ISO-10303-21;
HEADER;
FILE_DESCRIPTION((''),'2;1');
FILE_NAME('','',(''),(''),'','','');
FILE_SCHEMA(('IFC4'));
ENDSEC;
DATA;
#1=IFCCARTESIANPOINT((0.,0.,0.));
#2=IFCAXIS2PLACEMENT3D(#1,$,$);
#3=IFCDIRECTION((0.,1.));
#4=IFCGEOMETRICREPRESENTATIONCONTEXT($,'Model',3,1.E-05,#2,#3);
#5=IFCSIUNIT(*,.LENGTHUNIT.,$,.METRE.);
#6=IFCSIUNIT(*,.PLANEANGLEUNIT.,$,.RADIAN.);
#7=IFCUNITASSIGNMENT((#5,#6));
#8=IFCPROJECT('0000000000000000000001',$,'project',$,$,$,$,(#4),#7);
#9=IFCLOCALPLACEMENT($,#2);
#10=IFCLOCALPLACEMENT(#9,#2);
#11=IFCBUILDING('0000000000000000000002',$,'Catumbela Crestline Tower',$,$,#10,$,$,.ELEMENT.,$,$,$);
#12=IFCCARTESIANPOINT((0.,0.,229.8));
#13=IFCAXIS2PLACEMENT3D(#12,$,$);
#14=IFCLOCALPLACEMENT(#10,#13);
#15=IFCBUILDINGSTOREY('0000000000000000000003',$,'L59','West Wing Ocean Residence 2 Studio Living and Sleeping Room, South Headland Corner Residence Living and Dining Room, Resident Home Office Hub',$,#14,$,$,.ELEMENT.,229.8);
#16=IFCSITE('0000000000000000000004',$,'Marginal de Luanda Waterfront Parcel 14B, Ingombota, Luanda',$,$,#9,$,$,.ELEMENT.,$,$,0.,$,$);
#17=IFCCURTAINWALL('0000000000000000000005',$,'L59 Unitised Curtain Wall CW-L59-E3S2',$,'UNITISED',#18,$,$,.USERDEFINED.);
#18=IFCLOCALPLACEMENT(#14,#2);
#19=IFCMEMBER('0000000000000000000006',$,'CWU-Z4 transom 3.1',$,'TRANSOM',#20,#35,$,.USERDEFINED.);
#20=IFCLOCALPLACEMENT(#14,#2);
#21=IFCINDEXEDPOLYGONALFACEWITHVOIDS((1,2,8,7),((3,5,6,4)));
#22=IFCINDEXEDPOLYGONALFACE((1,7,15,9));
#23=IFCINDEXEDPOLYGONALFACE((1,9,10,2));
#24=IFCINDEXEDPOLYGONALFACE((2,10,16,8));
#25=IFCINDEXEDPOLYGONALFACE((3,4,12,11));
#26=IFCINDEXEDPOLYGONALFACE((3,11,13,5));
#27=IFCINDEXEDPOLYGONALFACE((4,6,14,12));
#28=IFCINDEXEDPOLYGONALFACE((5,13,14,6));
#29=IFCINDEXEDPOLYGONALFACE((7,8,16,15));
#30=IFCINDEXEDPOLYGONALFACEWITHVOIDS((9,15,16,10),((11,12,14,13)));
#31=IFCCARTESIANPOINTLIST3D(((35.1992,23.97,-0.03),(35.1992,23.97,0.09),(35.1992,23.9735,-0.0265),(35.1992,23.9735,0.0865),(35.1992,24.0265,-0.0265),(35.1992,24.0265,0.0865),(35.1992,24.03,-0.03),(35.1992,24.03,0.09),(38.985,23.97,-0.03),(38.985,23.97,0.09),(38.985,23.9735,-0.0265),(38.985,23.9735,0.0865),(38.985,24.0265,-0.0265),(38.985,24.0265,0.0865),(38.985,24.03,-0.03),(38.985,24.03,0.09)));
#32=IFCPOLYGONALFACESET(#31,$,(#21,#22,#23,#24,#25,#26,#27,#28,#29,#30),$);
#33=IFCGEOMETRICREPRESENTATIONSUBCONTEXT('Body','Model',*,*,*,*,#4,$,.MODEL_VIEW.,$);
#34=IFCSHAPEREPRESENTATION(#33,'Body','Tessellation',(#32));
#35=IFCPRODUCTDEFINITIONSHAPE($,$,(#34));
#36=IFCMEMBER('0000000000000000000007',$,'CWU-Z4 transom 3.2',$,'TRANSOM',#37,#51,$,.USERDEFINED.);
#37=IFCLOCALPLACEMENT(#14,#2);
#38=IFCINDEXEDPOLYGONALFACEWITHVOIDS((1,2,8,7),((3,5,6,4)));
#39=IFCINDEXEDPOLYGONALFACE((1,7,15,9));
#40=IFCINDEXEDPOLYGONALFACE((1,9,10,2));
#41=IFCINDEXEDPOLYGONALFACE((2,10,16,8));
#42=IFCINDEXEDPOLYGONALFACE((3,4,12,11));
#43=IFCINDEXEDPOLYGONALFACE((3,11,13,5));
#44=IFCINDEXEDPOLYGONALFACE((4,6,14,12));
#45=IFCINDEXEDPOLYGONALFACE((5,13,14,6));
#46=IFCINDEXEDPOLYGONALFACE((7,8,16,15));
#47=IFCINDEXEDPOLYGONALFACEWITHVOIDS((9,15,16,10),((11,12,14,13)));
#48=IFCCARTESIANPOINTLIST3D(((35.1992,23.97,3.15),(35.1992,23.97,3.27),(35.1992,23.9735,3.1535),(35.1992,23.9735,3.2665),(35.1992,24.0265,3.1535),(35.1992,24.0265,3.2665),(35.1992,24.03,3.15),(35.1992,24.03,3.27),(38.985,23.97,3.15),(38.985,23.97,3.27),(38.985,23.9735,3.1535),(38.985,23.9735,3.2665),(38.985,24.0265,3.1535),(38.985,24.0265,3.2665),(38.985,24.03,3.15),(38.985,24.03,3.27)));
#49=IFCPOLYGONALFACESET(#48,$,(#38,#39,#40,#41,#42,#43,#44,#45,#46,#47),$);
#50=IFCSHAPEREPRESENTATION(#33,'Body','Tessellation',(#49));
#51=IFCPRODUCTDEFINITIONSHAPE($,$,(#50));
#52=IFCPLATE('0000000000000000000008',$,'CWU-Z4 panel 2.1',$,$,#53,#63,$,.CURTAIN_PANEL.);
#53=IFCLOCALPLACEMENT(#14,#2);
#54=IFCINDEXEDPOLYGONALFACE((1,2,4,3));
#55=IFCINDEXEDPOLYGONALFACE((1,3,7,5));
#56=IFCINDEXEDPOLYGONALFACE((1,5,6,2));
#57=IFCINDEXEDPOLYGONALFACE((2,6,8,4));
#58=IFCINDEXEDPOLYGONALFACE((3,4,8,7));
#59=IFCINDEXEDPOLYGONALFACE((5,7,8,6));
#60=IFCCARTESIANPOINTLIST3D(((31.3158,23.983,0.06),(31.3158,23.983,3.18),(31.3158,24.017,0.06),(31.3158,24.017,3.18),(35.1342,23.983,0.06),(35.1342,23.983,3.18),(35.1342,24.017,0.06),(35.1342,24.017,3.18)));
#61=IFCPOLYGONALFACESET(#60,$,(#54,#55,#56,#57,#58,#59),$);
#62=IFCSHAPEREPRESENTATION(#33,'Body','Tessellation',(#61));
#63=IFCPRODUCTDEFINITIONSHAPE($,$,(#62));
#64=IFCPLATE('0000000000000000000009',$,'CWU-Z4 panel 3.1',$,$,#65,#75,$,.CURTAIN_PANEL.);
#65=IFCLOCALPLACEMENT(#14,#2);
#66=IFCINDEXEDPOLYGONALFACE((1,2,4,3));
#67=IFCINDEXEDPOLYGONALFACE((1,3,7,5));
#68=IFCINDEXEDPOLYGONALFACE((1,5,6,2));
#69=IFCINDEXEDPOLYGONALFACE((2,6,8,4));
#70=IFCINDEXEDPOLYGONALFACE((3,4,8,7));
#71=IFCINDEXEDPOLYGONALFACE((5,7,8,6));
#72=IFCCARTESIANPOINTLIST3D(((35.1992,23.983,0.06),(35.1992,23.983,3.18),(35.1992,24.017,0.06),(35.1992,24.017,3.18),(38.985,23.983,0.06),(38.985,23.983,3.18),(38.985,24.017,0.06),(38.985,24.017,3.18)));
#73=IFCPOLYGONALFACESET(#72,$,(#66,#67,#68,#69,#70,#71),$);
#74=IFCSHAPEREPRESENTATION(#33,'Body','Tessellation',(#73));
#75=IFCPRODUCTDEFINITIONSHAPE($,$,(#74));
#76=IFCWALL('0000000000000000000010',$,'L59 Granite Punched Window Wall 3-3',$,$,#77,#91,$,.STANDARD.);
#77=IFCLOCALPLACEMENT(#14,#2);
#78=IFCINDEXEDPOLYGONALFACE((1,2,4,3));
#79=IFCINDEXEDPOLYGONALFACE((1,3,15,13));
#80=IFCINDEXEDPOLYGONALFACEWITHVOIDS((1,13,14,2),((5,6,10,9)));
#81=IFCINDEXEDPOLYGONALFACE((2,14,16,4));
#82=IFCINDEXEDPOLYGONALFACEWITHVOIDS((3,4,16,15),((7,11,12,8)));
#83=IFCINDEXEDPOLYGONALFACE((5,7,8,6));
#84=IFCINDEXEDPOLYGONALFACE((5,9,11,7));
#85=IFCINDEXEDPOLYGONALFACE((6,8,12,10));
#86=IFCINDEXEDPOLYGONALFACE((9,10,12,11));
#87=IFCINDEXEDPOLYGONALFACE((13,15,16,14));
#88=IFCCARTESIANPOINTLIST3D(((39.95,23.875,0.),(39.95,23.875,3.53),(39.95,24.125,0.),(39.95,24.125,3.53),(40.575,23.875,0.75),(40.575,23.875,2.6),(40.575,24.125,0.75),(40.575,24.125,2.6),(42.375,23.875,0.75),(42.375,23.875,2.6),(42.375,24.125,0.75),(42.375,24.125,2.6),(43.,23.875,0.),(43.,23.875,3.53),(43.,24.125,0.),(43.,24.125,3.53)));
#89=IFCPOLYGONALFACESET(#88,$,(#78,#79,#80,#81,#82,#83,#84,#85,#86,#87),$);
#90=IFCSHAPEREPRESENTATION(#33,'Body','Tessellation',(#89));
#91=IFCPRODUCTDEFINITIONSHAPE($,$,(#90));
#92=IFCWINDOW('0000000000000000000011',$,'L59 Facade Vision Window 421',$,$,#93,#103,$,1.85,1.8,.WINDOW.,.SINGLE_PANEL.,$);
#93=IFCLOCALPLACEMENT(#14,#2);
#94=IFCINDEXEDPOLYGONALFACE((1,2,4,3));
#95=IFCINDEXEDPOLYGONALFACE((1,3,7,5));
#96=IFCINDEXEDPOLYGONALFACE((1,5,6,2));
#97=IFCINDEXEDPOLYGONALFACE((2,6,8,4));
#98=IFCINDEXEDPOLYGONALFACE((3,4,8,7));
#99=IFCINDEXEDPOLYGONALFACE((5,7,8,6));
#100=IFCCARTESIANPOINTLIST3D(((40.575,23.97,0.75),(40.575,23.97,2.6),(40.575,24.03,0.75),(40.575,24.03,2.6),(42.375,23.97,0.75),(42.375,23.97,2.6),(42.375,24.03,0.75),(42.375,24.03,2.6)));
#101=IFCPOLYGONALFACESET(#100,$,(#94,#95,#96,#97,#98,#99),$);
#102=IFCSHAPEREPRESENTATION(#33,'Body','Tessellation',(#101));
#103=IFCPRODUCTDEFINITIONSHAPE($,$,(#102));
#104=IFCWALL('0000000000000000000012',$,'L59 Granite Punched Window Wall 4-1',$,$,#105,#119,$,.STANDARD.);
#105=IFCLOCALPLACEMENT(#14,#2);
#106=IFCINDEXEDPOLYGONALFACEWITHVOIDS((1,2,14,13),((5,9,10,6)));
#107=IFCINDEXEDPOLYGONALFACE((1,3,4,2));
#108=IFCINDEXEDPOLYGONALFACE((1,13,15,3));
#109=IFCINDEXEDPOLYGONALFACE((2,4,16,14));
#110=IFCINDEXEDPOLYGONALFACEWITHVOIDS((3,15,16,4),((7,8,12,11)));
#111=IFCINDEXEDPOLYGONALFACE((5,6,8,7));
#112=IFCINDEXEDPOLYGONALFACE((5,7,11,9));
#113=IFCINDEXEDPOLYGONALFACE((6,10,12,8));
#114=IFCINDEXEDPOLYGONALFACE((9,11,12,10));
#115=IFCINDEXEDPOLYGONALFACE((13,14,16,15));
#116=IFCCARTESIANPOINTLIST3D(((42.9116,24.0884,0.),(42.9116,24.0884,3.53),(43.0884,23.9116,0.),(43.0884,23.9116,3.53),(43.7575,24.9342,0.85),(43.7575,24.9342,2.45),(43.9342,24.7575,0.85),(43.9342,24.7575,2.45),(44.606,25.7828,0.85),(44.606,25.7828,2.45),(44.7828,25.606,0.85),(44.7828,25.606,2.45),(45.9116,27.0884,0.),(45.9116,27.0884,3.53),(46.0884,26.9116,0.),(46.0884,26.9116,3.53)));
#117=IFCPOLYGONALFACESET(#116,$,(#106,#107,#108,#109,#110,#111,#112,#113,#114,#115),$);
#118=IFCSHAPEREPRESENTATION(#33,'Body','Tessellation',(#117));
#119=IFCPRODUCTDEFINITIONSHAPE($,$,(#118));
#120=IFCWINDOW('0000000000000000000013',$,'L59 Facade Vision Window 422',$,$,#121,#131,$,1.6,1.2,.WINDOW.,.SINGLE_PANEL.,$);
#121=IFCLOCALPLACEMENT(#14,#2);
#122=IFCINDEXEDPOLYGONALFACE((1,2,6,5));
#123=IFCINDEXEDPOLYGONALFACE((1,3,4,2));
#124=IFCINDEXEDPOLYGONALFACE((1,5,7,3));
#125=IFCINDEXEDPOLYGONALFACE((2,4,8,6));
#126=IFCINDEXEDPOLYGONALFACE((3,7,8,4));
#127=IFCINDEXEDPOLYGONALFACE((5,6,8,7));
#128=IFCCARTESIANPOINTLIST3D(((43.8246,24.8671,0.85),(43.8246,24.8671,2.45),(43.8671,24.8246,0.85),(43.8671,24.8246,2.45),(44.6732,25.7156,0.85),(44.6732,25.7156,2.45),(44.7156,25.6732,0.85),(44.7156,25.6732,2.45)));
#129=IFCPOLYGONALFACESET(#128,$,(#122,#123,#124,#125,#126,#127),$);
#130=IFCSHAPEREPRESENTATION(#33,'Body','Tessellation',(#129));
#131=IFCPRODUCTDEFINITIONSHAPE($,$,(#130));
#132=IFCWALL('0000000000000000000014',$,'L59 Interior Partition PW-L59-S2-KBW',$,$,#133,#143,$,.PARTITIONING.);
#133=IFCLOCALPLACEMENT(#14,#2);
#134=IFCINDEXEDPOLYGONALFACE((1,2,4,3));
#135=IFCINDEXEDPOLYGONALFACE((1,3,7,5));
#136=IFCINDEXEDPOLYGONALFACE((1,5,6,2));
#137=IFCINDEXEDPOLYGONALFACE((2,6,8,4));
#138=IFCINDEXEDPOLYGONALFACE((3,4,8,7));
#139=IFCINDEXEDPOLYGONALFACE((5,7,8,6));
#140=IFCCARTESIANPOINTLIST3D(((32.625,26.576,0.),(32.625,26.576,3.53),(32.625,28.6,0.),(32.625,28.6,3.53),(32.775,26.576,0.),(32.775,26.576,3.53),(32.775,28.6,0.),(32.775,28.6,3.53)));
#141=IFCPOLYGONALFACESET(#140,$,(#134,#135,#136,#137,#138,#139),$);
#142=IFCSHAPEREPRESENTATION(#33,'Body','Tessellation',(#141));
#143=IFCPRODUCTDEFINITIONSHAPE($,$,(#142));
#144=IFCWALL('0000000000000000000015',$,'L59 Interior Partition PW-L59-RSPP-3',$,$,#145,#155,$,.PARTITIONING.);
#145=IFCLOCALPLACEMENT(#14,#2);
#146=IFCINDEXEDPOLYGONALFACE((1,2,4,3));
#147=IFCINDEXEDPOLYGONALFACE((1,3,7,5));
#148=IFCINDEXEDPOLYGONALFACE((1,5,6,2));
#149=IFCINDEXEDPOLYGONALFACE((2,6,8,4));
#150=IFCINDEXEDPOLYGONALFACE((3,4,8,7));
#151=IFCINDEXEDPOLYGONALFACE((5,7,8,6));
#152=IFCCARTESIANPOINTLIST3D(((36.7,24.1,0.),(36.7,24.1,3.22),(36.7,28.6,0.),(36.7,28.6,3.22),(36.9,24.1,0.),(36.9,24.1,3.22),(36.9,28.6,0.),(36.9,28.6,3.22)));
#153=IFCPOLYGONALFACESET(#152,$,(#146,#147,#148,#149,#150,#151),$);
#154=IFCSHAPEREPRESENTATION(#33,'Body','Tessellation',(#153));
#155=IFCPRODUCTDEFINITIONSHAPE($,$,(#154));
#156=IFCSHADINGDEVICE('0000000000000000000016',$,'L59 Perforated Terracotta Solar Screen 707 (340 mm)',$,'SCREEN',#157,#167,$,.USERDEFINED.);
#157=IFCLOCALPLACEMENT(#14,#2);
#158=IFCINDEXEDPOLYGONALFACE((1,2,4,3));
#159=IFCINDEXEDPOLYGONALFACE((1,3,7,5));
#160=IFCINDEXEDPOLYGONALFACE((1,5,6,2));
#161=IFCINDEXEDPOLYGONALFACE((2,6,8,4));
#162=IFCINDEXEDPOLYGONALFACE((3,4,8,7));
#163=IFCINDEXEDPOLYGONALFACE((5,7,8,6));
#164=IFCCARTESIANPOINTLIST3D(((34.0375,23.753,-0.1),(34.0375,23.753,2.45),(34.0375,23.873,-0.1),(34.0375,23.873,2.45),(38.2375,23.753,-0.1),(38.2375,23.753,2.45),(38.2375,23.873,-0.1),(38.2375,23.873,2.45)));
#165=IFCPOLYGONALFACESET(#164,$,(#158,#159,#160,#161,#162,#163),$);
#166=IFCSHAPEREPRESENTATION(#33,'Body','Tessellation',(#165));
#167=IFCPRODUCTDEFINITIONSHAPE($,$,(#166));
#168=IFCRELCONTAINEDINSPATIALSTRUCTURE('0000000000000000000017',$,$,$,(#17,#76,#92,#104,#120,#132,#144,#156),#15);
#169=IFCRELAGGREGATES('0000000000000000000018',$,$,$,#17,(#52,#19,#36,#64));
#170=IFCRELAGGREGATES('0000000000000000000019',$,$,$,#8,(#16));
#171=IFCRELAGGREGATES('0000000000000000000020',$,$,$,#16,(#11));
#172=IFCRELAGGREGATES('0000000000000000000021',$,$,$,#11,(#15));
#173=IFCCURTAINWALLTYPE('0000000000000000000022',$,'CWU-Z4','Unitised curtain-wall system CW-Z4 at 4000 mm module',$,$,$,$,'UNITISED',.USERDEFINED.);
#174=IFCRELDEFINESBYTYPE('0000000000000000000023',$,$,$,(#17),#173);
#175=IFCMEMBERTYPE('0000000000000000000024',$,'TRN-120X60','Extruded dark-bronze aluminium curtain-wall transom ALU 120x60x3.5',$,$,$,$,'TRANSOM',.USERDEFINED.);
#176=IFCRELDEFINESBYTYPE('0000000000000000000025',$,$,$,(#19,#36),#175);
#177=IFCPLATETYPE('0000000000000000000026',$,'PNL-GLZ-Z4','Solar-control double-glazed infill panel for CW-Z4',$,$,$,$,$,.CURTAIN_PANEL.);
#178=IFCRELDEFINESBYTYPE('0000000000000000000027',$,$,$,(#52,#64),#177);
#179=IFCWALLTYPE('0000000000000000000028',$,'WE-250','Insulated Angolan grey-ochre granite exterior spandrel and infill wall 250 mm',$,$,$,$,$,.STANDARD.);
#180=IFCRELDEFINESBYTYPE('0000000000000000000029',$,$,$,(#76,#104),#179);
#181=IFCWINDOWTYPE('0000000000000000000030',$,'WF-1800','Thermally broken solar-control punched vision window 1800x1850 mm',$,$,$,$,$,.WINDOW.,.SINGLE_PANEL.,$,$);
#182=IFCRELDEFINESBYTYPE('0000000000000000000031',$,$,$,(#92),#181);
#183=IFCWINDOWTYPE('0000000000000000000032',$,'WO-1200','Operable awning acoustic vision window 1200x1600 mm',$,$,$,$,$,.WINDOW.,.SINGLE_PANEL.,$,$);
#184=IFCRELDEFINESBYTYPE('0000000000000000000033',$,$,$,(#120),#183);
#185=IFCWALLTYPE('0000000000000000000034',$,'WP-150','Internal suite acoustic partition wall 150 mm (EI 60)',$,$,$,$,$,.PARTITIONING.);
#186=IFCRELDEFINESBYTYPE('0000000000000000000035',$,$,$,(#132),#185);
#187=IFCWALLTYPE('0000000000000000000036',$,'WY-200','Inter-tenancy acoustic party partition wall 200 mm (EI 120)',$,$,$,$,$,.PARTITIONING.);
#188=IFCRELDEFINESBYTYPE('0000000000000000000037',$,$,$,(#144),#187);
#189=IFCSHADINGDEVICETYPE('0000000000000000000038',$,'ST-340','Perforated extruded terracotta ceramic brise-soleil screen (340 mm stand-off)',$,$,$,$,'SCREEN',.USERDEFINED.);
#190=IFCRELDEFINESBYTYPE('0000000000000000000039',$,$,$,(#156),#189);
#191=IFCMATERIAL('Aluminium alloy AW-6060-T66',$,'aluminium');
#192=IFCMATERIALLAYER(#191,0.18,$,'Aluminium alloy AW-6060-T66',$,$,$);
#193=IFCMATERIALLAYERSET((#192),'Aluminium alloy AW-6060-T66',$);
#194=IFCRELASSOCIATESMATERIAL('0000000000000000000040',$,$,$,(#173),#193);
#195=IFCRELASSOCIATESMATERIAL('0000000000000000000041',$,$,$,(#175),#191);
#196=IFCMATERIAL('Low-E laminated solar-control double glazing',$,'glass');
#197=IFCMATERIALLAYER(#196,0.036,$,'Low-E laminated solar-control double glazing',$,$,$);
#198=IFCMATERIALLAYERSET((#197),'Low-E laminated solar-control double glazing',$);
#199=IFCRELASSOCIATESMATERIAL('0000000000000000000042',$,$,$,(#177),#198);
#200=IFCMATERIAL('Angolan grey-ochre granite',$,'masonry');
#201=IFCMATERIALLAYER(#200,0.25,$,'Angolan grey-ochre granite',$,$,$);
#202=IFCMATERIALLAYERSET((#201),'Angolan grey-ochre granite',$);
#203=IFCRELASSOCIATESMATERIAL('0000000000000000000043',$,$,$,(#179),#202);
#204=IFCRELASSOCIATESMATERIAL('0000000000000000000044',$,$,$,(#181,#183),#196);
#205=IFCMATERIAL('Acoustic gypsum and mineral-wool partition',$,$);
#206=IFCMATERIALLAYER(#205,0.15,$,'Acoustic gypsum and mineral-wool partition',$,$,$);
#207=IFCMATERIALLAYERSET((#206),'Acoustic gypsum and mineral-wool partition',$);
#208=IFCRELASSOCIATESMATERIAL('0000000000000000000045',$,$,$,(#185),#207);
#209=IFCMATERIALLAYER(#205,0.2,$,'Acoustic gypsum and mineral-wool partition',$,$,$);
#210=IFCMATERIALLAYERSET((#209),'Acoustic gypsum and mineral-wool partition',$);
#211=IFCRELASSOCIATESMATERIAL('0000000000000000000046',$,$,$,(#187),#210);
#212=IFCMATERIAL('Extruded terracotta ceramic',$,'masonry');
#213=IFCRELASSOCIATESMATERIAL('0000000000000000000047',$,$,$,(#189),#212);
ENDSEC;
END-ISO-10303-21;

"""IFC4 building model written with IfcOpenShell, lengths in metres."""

from ifc_helpers import new_model, si_unit, direction, frame, frame_2d, origin, origin_2d, place, context, subcontext, project, spatial, rectangle, hollow_rectangle, extrude, material, layer, layer_set, material_profile, profile_set, type_object, element, fill, aggregate, save


model = new_model("IFC4")

# Units and contexts
model_context = context("Model", 3, precision=1e-05, world=origin(), true_north=direction((0.0, 1.0)))
body_context = subcontext(model_context, "Body", "Model", "MODEL_VIEW")
ifc_project = project(units=[si_unit("LENGTHUNIT", "METRE"), si_unit("PLANEANGLEUNIT", "RADIAN")], contexts=[model_context])

# Site, building, storey
site_placement = place(None, origin())
site = spatial("IfcSite", under=ifc_project, at=site_placement, Name="Marginal de Luanda Waterfront Parcel 14B, Ingombota, Luanda", CompositionType="ELEMENT", RefElevation=0.0)
building_placement = place(site_placement, origin())
building = spatial("IfcBuilding", under=site, at=building_placement, Name="Catumbela Crestline Tower", CompositionType="ELEMENT")
storey_placement = place(building_placement, frame((0.0, 0.0, 229.8)))
storey = spatial("IfcBuildingStorey", under=building, at=storey_placement, Name="L59", Description="West Wing Ocean Residence 2 Studio Living and Sleeping Room, South Headland Corner Residence Living and Dining Room, Resident Home Office Hub", CompositionType="ELEMENT", Elevation=229.8)

# Curtain wall
ifc_material_1 = material(Name="Aluminium alloy AW-6060-T66", Category="aluminium")
ifc_layer_1 = layer(ifc_material_1, 0.18, Name="Aluminium alloy AW-6060-T66")
ifc_layer_set_1 = layer_set([ifc_layer_1], Name="Aluminium alloy AW-6060-T66")
curtain_wall_type = type_object("IfcCurtainWallType", Name="CWU-Z4", Description="Unitised curtain-wall system CW-Z4 at 4000 mm module", ElementType="UNITISED", PredefinedType="USERDEFINED", material=ifc_layer_set_1)
curtain_wall_placement = place(storey_placement, origin())
curtain_wall = element("IfcCurtainWall", 1, at=curtain_wall_placement, inside=storey, type_object=curtain_wall_type, Name="L59 Unitised Curtain Wall CW-L59-E3S2", ObjectType="UNITISED", PredefinedType="USERDEFINED")

# Members
ifc_material_profile_1 = material_profile(ifc_material_1, hollow_rectangle(XDim=0.06, YDim=0.12, WallThickness=0.0035, at=origin_2d()), Name="ALU 120x60x3.5")
ifc_profile_set_1 = profile_set([ifc_material_profile_1], Name="Aluminium alloy AW-6060-T66")
member_type_1 = type_object("IfcMemberType", Name="TRN-120X60", Description="Extruded dark-bronze aluminium curtain-wall transom ALU 120x60x3.5", ElementType="TRANSOM", PredefinedType="USERDEFINED", material=ifc_profile_set_1)
member_1_placement = place(storey_placement, frame((35.1992, 24.0, 0.03), z_axis=(1.0, 0.0, 0.0), x_axis=(0.0, 1.0, 0.0)))
member_1 = element("IfcMember", 2, at=member_1_placement, type_object=member_type_1, Name="CWU-Z4 transom 3.1", ObjectType="TRANSOM", PredefinedType="USERDEFINED", context=body_context, shape_type="SweptSolid", body=[
    extrude(hollow_rectangle(XDim=0.06, YDim=0.12, WallThickness=0.0035, at=origin_2d()), origin(), (0.0, 0.0, 1.0), 3.7858),
])
member_2_placement = place(storey_placement, frame((35.1992, 24.0, 3.21), z_axis=(1.0, 0.0, 0.0), x_axis=(0.0, 1.0, 0.0)))
member_2 = element("IfcMember", 3, at=member_2_placement, type_object=member_type_1, Name="CWU-Z4 transom 3.2", ObjectType="TRANSOM", PredefinedType="USERDEFINED", context=body_context, shape_type="SweptSolid", body=[
    extrude(hollow_rectangle(XDim=0.06, YDim=0.12, WallThickness=0.0035, at=origin_2d()), origin(), (0.0, 0.0, 1.0), 3.7858),
])

# Plates
ifc_material_2 = material(Name="Low-E laminated solar-control double glazing", Category="glass")
ifc_layer_2 = layer(ifc_material_2, 0.036, Name="Low-E laminated solar-control double glazing")
ifc_layer_set_2 = layer_set([ifc_layer_2], Name="Low-E laminated solar-control double glazing")
plate_type = type_object("IfcPlateType", Name="PNL-GLZ-Z4", Description="Solar-control double-glazed infill panel for CW-Z4", PredefinedType="CURTAIN_PANEL", material=ifc_layer_set_2)
plate_1_placement = place(storey_placement, frame((33.225, 24.0, 0.06), z_axis=(0.0, 0.0, 1.0), x_axis=(1.0, 0.0, 0.0)))
plate_1 = element("IfcPlate", 4, at=plate_1_placement, type_object=plate_type, Name="CWU-Z4 panel 2.1", PredefinedType="CURTAIN_PANEL", context=body_context, shape_type="SweptSolid", body=[
    extrude(rectangle(XDim=3.8183, YDim=0.034, at=origin_2d()), origin(), (0.0, 0.0, 1.0), 3.12),
])
plate_2_placement = place(storey_placement, frame((37.0921, 24.0, 0.06), z_axis=(0.0, 0.0, 1.0), x_axis=(1.0, 0.0, 0.0)))
plate_2 = element("IfcPlate", 5, at=plate_2_placement, type_object=plate_type, Name="CWU-Z4 panel 3.1", PredefinedType="CURTAIN_PANEL", context=body_context, shape_type="SweptSolid", body=[
    extrude(rectangle(XDim=3.7858, YDim=0.034, at=origin_2d()), origin(), (0.0, 0.0, 1.0), 3.12),
])
aggregate(curtain_wall, [plate_1, member_1, member_2, plate_2])

# Walls, openings, windows
ifc_material_3 = material(Name="Angolan grey-ochre granite", Category="masonry")
ifc_layer_3 = layer(ifc_material_3, 0.25, Name="Angolan grey-ochre granite")
ifc_layer_set_3 = layer_set([ifc_layer_3], Name="Angolan grey-ochre granite")
wall_type_1 = type_object("IfcWallType", Name="WE-250", Description="Insulated Angolan grey-ochre granite exterior spandrel and infill wall 250 mm", PredefinedType="STANDARD", material=ifc_layer_set_3)
wall_1_placement = place(storey_placement, frame((39.95, 24.0, 0.0), z_axis=(0.0, 0.0, 1.0), x_axis=(1.0, 0.0, 0.0)))
wall_1 = element("IfcWall", 6, at=wall_1_placement, inside=storey, type_object=wall_type_1, Name="L59 Granite Punched Window Wall 3-3", PredefinedType="STANDARD", context=body_context, shape_type="SweptSolid", body=[
    extrude(rectangle(XDim=3.05, YDim=0.25, at=frame_2d((1.525, 0.0))), origin(), (0.0, 0.0, 1.0), 3.53),
])
opening_1_placement = place(wall_1_placement, frame((0.625, 0.0, 0.75)))
opening_1 = element("IfcOpeningElement", 7, at=opening_1_placement, cuts=wall_1, PredefinedType="OPENING", context=body_context, shape_type="SweptSolid", body=[
    extrude(rectangle(XDim=1.8, YDim=1.85, at=frame_2d((0.9, 0.925))), frame((0.0, 0.135, 0.0), z_axis=(0.0, -1.0, 0.0), x_axis=(1.0, 0.0, 0.0)), (0.0, 0.0, 1.0), 0.27),
])
window_type_1 = type_object("IfcWindowType", Name="WF-1800", Description="Thermally broken solar-control punched vision window 1800x1850 mm", PartitioningType="SINGLE_PANEL", PredefinedType="WINDOW", material=ifc_material_2)
window_1_placement = place(opening_1_placement, origin())
window_1 = element("IfcWindow", 8, at=window_1_placement, inside=storey, type_object=window_type_1, Name="L59 Facade Vision Window 421", OverallHeight=1.85, OverallWidth=1.8, PartitioningType="SINGLE_PANEL", PredefinedType="WINDOW", context=body_context, shape_type="SweptSolid", body=[
    extrude(rectangle(XDim=1.8, YDim=1.85, at=frame_2d((0.9, 0.925))), frame((0.0, 0.03, 0.0), z_axis=(0.0, -1.0, 0.0), x_axis=(1.0, 0.0, 0.0)), (0.0, 0.0, 1.0), 0.06),
])
fill(opening_1, window_1)
wall_2_placement = place(storey_placement, frame((43.0, 24.0, 0.0), z_axis=(0.0, 0.0, 1.0), x_axis=(0.707107, 0.707107, 0.0)))
wall_2 = element("IfcWall", 9, at=wall_2_placement, inside=storey, type_object=wall_type_1, Name="L59 Granite Punched Window Wall 4-1", PredefinedType="STANDARD", context=body_context, shape_type="SweptSolid", body=[
    extrude(rectangle(XDim=4.2426, YDim=0.25, at=frame_2d((2.1213, 0.0))), origin(), (0.0, 0.0, 1.0), 3.53),
])
opening_2_placement = place(wall_2_placement, frame((1.1962, 0.0, 0.85)))
opening_2 = element("IfcOpeningElement", 10, at=opening_2_placement, cuts=wall_2, PredefinedType="OPENING", context=body_context, shape_type="SweptSolid", body=[
    extrude(rectangle(XDim=1.2, YDim=1.6, at=frame_2d((0.6, 0.8))), frame((0.0, 0.135, 0.0), z_axis=(0.0, -1.0, 0.0), x_axis=(1.0, 0.0, 0.0)), (0.0, 0.0, 1.0), 0.27),
])
window_type_2 = type_object("IfcWindowType", Name="WO-1200", Description="Operable awning acoustic vision window 1200x1600 mm", PartitioningType="SINGLE_PANEL", PredefinedType="WINDOW", material=ifc_material_2)
window_2_placement = place(opening_2_placement, origin())
window_2 = element("IfcWindow", 11, at=window_2_placement, inside=storey, type_object=window_type_2, Name="L59 Facade Vision Window 422", OverallHeight=1.6, OverallWidth=1.2, PartitioningType="SINGLE_PANEL", PredefinedType="WINDOW", context=body_context, shape_type="SweptSolid", body=[
    extrude(rectangle(XDim=1.2, YDim=1.6, at=frame_2d((0.6, 0.8))), frame((0.0, 0.03, 0.0), z_axis=(0.0, -1.0, 0.0), x_axis=(1.0, 0.0, 0.0)), (0.0, 0.0, 1.0), 0.06),
])
fill(opening_2, window_2)

# Walls
ifc_material_4 = material(Name="Acoustic gypsum and mineral-wool partition")
ifc_layer_4 = layer(ifc_material_4, 0.15, Name="Acoustic gypsum and mineral-wool partition")
ifc_layer_set_4 = layer_set([ifc_layer_4], Name="Acoustic gypsum and mineral-wool partition")
wall_type_2 = type_object("IfcWallType", Name="WP-150", Description="Internal suite acoustic partition wall 150 mm (EI 60)", PredefinedType="PARTITIONING", material=ifc_layer_set_4)
wall_3_placement = place(storey_placement, frame((32.7, 26.576, 0.0), z_axis=(0.0, 0.0, 1.0), x_axis=(0.0, 1.0, 0.0)))
element("IfcWall", 12, at=wall_3_placement, inside=storey, type_object=wall_type_2, Name="L59 Interior Partition PW-L59-S2-KBW", PredefinedType="PARTITIONING", context=body_context, shape_type="SweptSolid", body=[
    extrude(rectangle(XDim=2.024, YDim=0.15, at=frame_2d((1.012, 0.0))), origin(), (0.0, 0.0, 1.0), 3.53),
])
ifc_layer_5 = layer(ifc_material_4, 0.2, Name="Acoustic gypsum and mineral-wool partition")
ifc_layer_set_5 = layer_set([ifc_layer_5], Name="Acoustic gypsum and mineral-wool partition")
wall_type_3 = type_object("IfcWallType", Name="WY-200", Description="Inter-tenancy acoustic party partition wall 200 mm (EI 120)", PredefinedType="PARTITIONING", material=ifc_layer_set_5)
wall_4_placement = place(storey_placement, frame((36.8, 24.1, 0.0), z_axis=(0.0, 0.0, 1.0), x_axis=(0.0, 1.0, 0.0)))
element("IfcWall", 13, at=wall_4_placement, inside=storey, type_object=wall_type_3, Name="L59 Interior Partition PW-L59-RSPP-3", PredefinedType="PARTITIONING", context=body_context, shape_type="SweptSolid", body=[
    extrude(rectangle(XDim=4.5, YDim=0.2, at=frame_2d((2.25, 0.0))), origin(), (0.0, 0.0, 1.0), 3.22),
])

# Shading device
ifc_material_5 = material(Name="Extruded terracotta ceramic", Category="masonry")
shading_device_type = type_object("IfcShadingDeviceType", Name="ST-340", Description="Perforated extruded terracotta ceramic brise-soleil screen (340 mm stand-off)", ElementType="SCREEN", PredefinedType="USERDEFINED", material=ifc_material_5)
shading_device_placement = place(storey_placement, frame((36.1375, 23.813, -0.1), z_axis=(0.0, 0.0, 1.0), x_axis=(1.0, 0.0, 0.0)))
element("IfcShadingDevice", 14, at=shading_device_placement, inside=storey, type_object=shading_device_type, Name="L59 Perforated Terracotta Solar Screen 707 (340 mm)", ObjectType="SCREEN", PredefinedType="USERDEFINED", context=body_context, shape_type="SweptSolid", body=[
    extrude(rectangle(XDim=4.2, YDim=0.12, at=origin_2d()), origin(), (0.0, 0.0, 1.0), 2.55),
])

save(model, "model.ifc")
